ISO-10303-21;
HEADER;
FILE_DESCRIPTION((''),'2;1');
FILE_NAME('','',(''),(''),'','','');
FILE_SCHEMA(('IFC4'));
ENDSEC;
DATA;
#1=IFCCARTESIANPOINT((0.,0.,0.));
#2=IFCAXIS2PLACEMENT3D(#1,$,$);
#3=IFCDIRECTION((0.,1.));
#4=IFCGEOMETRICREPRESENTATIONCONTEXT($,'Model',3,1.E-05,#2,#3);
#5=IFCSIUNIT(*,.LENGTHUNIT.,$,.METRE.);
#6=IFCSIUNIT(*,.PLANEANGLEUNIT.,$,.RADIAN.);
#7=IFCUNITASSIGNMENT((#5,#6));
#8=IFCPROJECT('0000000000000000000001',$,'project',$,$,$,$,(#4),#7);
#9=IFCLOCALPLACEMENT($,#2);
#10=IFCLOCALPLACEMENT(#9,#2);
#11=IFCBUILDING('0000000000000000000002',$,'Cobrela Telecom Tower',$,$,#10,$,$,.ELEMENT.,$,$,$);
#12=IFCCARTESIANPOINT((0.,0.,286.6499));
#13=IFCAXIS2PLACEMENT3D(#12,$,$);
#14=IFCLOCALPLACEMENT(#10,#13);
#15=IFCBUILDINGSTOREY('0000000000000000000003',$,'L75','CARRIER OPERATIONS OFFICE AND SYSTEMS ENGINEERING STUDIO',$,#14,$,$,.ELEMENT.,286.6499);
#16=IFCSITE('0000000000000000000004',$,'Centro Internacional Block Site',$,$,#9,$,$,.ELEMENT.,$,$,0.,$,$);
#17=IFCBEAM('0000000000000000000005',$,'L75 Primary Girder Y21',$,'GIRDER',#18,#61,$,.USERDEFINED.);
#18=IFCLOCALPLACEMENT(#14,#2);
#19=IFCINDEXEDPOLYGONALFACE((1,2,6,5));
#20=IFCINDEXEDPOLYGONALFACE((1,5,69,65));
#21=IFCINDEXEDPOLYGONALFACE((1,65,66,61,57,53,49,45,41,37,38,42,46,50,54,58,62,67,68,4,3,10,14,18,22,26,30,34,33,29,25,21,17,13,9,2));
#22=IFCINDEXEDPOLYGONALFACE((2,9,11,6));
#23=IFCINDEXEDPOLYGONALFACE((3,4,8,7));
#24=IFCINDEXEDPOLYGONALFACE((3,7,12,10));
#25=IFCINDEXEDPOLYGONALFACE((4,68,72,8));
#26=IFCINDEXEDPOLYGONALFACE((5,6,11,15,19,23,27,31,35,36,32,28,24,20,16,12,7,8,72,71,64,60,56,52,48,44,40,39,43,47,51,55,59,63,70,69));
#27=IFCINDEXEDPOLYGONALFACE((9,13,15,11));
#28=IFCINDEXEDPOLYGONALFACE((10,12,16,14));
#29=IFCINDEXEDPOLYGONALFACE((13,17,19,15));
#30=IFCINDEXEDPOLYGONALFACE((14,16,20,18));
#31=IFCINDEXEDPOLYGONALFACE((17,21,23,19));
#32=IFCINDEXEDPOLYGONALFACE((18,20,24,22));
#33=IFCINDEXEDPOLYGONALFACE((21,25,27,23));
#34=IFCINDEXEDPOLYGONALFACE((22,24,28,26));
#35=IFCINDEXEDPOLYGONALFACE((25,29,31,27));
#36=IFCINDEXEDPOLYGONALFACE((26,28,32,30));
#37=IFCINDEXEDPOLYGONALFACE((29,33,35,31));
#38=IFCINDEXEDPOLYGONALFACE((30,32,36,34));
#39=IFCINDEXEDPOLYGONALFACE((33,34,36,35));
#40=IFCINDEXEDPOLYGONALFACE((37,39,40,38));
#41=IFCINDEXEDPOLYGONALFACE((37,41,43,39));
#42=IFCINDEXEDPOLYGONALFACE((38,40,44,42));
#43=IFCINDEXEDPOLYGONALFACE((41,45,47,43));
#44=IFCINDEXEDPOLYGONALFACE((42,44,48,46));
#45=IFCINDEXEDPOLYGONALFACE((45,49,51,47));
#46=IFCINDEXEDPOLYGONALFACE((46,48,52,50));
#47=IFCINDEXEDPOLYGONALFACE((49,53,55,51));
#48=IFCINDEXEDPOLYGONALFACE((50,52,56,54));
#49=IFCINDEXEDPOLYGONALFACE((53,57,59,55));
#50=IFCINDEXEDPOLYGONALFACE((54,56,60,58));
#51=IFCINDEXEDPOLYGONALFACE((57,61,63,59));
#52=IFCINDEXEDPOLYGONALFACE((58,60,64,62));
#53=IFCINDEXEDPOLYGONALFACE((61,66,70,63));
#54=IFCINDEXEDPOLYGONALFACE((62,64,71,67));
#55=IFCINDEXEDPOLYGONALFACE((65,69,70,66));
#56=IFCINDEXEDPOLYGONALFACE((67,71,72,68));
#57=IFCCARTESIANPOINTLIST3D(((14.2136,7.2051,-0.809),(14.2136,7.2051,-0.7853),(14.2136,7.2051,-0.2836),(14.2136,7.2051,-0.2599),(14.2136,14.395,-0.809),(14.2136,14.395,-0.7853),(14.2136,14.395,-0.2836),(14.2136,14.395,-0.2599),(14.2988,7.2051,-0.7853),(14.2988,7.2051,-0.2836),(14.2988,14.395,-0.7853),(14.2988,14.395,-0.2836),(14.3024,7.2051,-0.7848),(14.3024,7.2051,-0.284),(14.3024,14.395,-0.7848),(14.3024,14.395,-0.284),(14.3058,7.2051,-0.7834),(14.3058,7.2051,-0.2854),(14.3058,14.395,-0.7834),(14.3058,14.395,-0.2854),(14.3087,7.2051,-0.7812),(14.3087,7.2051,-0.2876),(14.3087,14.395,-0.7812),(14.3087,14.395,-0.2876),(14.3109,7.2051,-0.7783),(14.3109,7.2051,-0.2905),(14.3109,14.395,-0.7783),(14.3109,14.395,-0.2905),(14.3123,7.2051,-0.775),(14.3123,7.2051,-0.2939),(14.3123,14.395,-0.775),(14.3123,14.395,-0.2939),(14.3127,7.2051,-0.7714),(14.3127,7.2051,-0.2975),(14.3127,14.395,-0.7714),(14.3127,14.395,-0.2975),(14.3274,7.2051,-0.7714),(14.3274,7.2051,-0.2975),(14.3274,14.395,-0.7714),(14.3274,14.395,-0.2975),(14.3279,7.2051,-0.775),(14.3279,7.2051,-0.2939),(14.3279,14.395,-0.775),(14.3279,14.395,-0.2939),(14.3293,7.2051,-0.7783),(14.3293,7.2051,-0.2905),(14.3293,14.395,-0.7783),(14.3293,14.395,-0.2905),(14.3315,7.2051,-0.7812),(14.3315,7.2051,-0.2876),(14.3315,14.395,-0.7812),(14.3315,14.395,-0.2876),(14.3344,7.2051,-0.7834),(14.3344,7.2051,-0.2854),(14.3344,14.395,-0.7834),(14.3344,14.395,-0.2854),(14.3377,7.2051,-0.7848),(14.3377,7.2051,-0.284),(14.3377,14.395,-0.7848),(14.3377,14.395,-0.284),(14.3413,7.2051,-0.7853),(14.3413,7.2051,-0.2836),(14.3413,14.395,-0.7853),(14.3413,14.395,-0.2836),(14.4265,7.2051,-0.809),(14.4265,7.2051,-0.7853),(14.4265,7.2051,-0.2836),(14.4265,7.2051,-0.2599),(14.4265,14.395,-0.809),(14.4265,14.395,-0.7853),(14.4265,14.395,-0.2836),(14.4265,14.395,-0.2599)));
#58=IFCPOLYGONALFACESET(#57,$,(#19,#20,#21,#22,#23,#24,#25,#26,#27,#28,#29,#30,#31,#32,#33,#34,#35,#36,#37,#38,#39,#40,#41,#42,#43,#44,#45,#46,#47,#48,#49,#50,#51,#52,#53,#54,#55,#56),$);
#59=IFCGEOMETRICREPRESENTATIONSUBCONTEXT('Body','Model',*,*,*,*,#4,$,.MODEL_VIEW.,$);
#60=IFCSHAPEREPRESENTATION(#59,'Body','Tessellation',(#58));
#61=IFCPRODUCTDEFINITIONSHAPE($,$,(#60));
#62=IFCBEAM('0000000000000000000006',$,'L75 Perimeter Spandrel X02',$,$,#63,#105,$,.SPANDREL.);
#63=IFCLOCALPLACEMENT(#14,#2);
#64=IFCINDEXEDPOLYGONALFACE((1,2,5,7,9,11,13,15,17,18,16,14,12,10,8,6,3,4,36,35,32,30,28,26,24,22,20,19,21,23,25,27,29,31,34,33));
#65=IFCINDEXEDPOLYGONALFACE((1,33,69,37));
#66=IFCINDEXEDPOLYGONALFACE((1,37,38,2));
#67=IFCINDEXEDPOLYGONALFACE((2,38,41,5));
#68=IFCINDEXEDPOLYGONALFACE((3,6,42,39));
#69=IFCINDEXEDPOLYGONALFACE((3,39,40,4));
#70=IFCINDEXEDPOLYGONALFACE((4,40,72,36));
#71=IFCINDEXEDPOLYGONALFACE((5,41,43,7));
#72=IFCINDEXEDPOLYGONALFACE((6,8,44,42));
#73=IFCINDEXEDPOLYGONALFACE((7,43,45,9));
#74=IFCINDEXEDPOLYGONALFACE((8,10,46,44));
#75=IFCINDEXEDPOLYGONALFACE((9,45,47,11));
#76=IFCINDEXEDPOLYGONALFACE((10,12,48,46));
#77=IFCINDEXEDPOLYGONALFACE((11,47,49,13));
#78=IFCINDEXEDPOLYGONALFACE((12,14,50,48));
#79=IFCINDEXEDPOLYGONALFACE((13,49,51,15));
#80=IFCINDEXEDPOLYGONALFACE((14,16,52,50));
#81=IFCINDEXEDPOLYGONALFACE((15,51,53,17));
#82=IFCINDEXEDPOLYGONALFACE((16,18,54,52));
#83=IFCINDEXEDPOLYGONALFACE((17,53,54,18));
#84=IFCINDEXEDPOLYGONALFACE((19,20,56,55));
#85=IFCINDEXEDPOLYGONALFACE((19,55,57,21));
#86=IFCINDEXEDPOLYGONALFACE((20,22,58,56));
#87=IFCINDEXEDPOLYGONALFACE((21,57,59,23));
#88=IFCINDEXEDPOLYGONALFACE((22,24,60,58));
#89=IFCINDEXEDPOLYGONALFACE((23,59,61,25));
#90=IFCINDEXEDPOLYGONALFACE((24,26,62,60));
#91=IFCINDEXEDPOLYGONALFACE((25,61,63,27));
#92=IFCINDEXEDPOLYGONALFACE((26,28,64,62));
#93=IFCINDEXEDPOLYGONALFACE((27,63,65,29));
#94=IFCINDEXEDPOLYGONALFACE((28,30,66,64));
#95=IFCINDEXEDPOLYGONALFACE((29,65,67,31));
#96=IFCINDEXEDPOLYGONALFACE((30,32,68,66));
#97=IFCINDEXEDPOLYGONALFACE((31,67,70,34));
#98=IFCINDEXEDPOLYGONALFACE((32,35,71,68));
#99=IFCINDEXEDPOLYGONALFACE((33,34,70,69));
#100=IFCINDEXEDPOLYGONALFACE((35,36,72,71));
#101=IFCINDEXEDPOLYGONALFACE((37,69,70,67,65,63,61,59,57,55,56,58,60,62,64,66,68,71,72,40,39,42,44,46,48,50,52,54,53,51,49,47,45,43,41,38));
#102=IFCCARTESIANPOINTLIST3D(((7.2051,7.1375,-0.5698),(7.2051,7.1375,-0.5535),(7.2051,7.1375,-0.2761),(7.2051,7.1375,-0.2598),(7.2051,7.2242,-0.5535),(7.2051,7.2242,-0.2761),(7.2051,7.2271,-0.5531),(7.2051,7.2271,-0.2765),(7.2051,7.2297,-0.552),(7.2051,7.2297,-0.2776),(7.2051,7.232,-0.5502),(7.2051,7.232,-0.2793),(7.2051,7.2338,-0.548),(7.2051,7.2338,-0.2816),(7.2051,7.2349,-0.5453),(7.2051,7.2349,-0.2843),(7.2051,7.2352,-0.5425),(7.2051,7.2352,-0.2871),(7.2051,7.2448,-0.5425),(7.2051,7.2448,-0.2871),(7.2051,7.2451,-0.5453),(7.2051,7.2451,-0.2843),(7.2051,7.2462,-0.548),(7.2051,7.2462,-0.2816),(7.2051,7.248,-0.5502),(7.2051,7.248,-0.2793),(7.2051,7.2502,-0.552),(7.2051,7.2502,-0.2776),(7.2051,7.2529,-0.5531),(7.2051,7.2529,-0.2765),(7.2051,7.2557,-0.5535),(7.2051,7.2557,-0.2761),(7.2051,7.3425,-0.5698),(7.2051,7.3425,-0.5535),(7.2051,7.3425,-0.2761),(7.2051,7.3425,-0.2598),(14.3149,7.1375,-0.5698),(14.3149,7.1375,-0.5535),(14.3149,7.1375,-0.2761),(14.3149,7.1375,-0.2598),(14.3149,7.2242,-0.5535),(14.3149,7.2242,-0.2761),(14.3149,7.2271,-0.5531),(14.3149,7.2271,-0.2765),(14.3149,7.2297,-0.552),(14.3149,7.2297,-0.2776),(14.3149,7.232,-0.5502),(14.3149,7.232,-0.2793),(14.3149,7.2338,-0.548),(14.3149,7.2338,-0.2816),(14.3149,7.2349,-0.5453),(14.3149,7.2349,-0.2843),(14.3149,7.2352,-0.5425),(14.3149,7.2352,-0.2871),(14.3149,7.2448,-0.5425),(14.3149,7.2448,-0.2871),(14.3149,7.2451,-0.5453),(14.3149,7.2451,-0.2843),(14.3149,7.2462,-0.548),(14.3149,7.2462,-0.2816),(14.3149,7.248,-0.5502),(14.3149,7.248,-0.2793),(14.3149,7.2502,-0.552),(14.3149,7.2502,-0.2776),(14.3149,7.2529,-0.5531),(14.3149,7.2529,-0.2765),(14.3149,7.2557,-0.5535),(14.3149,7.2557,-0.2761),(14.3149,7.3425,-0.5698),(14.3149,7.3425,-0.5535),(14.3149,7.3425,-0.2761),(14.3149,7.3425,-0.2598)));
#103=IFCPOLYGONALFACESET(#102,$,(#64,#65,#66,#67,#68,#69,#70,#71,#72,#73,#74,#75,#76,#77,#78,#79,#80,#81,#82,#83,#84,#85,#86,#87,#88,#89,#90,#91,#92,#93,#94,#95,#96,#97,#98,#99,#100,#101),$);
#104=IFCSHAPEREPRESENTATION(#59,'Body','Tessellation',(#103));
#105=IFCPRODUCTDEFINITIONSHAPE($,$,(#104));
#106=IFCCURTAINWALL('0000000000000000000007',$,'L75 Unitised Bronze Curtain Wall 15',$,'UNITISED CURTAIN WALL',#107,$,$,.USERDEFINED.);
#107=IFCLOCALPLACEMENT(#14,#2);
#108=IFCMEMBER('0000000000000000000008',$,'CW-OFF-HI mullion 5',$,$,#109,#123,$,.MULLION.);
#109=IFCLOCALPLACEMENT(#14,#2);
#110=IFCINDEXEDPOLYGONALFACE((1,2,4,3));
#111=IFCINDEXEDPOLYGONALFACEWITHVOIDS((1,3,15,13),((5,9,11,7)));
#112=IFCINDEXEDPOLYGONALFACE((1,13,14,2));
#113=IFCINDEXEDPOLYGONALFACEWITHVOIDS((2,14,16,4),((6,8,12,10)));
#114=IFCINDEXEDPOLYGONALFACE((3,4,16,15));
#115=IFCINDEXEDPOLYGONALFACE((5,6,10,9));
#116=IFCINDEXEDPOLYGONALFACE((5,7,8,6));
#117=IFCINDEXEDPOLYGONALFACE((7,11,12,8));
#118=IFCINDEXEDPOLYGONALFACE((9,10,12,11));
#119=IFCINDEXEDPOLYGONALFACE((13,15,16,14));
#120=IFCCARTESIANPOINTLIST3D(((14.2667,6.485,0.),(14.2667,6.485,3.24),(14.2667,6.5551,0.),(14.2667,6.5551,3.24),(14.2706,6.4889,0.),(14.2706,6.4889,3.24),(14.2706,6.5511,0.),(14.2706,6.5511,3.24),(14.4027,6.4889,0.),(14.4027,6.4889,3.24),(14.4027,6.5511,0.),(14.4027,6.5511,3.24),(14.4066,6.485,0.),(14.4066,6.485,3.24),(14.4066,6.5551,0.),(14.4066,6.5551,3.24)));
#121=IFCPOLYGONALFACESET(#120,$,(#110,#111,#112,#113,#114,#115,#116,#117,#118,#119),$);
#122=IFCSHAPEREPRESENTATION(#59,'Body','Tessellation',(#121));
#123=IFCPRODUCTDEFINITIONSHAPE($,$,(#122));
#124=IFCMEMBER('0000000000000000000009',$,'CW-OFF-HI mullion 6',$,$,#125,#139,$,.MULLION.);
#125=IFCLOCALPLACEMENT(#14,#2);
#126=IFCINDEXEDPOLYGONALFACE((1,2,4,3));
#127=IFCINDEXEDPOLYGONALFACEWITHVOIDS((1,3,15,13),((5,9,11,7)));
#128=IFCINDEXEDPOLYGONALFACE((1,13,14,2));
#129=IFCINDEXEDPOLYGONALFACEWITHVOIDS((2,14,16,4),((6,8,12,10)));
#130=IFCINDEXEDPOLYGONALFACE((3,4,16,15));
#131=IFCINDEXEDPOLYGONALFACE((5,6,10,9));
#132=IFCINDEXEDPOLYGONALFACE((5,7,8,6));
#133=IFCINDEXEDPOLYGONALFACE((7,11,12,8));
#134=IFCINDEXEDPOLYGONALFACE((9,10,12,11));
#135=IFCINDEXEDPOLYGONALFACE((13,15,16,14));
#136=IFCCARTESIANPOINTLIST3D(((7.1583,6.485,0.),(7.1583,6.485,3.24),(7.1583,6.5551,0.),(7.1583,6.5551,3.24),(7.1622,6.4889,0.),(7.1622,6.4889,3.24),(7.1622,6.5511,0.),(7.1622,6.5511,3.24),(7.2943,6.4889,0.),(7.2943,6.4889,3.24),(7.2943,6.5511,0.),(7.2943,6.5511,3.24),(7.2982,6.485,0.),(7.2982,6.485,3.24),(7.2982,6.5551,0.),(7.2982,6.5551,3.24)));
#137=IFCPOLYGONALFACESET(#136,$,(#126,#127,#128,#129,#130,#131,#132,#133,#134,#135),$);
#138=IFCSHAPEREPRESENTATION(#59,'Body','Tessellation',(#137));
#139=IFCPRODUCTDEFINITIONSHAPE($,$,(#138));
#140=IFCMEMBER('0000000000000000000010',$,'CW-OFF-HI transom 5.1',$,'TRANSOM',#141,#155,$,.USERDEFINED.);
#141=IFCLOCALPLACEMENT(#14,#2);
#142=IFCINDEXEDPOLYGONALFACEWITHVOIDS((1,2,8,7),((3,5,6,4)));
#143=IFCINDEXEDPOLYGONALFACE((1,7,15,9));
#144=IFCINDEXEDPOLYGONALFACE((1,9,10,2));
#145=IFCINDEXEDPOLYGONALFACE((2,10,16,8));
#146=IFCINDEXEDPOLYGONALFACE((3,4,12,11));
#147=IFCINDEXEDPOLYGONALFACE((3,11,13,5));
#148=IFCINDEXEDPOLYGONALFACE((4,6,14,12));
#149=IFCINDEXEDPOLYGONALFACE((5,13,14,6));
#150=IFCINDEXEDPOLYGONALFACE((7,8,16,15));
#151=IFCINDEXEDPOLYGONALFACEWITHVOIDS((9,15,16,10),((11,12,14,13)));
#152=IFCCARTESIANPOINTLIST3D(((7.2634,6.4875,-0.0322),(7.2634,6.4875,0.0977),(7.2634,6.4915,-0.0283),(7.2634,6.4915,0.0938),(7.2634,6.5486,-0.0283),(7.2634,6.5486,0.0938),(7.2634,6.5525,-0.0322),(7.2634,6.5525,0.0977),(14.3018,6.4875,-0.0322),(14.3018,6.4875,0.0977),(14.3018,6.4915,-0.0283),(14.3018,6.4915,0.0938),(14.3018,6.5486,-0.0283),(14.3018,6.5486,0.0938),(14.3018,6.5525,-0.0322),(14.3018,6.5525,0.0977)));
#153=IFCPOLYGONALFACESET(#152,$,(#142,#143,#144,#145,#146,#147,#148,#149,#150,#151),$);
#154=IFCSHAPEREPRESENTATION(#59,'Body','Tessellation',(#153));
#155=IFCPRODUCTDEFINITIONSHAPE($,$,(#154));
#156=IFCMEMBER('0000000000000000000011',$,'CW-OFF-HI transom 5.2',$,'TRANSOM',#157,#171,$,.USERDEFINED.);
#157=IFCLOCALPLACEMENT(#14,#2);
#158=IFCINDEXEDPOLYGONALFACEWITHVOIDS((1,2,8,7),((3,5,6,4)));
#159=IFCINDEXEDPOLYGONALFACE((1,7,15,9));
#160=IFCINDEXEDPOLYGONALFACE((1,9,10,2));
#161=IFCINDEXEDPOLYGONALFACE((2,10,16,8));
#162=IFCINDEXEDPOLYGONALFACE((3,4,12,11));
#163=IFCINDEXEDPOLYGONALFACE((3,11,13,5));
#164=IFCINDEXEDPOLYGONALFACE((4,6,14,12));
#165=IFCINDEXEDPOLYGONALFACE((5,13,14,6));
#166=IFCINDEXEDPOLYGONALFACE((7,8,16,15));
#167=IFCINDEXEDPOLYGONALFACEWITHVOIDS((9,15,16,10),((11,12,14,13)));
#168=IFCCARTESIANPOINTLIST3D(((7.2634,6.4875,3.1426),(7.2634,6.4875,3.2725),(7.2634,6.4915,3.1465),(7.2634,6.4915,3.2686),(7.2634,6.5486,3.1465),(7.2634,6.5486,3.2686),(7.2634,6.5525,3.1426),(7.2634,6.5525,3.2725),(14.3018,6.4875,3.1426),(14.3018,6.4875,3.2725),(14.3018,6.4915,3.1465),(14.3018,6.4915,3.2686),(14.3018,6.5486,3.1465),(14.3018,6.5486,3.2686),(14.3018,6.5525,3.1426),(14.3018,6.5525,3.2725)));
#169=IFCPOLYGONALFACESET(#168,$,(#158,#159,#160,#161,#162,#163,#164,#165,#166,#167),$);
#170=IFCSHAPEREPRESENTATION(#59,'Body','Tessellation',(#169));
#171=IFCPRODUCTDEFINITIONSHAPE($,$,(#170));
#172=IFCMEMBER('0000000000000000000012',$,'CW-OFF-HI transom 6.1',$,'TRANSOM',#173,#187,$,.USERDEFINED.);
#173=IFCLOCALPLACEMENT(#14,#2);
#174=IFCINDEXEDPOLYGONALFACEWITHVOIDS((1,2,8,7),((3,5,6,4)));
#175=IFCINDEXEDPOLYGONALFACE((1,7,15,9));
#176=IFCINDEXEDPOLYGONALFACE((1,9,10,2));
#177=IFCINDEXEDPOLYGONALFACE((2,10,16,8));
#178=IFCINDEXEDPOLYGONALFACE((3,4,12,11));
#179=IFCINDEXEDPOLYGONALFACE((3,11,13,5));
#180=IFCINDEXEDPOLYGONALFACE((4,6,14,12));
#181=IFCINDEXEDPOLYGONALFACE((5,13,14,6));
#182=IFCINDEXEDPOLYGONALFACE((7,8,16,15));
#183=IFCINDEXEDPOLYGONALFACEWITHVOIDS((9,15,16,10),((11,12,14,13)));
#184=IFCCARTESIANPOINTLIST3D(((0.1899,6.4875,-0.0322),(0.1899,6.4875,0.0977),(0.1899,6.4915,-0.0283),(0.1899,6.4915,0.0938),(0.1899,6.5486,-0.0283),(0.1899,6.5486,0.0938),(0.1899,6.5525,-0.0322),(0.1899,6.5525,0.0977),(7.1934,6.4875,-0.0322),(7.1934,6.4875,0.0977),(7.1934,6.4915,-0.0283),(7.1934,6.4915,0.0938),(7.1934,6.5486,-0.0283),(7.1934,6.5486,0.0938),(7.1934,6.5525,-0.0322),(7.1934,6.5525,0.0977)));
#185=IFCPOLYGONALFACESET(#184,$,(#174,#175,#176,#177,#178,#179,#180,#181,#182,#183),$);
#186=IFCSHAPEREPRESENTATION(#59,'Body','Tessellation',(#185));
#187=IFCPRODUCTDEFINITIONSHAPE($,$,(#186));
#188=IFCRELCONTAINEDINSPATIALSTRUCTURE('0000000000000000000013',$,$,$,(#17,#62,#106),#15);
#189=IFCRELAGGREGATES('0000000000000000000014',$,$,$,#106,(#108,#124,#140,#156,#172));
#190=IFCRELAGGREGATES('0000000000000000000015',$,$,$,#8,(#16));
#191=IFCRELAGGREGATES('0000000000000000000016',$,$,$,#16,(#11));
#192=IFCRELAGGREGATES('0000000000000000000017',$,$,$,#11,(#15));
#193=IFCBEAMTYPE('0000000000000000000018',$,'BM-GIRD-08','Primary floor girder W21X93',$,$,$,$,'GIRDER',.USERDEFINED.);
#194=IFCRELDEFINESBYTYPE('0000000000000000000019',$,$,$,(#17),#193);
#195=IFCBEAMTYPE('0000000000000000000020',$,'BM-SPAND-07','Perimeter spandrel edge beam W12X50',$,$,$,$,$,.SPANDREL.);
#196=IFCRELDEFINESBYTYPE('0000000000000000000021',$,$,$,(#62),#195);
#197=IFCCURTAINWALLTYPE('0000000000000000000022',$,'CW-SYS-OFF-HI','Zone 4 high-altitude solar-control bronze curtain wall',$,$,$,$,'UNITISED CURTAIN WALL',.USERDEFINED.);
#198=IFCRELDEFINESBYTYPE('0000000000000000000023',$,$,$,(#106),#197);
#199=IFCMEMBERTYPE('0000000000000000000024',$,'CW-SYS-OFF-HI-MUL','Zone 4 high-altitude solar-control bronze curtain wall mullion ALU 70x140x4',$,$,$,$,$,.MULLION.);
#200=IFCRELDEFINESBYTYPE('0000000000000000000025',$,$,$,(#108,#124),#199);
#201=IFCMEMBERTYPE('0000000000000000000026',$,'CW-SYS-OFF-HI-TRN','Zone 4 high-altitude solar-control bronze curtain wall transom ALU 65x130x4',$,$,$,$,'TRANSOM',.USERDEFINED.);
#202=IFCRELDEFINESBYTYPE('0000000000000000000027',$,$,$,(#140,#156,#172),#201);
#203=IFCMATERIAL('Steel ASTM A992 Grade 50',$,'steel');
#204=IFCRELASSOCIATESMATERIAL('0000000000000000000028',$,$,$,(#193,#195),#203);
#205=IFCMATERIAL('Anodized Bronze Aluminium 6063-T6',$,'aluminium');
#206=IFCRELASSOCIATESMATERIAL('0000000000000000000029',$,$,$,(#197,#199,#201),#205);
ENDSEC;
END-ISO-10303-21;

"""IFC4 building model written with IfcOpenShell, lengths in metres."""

from ifc_helpers import new_model, si_unit, direction, frame, origin, origin_2d, place, context, subcontext, project, spatial, hollow_rectangle, i_section, extrude, material, material_profile, profile_set, type_object, element, aggregate, save


model = new_model("IFC4")

# Units and contexts
model_context = context("Model", 3, precision=1e-05, world=origin(), true_north=direction((0.0, 1.0)))
body_context = subcontext(model_context, "Body", "Model", "MODEL_VIEW")
ifc_project = project(units=[si_unit("LENGTHUNIT", "METRE"), si_unit("PLANEANGLEUNIT", "RADIAN")], contexts=[model_context])

# Site, building, storey
site_placement = place(None, origin())
site = spatial("IfcSite", under=ifc_project, at=site_placement, Name="Centro Internacional Block Site", CompositionType="ELEMENT", RefElevation=0.0)
building_placement = place(site_placement, origin())
building = spatial("IfcBuilding", under=site, at=building_placement, Name="Cobrela Telecom Tower", CompositionType="ELEMENT")
storey_placement = place(building_placement, frame((0.0, 0.0, 286.6499)))
storey = spatial("IfcBuildingStorey", under=building, at=storey_placement, Name="L75", Description="CARRIER OPERATIONS OFFICE AND SYSTEMS ENGINEERING STUDIO", CompositionType="ELEMENT", Elevation=286.6499)

# Beams
ifc_material_1 = material(Name="Steel ASTM A992 Grade 50", Category="steel")
ifc_material_profile_1 = material_profile(ifc_material_1, i_section(OverallWidth=0.2129, OverallDepth=0.5491, WebThickness=0.0146, FlangeThickness=0.0237, FilletRadius=0.0139, at=origin_2d()), Name="W21X93")
ifc_profile_set_1 = profile_set([ifc_material_profile_1], Name="Steel ASTM A992 Grade 50")
beam_type_1 = type_object("IfcBeamType", Name="BM-GIRD-08", Description="Primary floor girder W21X93", ElementType="GIRDER", PredefinedType="USERDEFINED", material=ifc_profile_set_1)
beam_1_placement = place(storey_placement, frame((14.3201, 7.2051, -0.5344), z_axis=(0.0, 1.0, 0.0), x_axis=(-1.0, 0.0, 0.0)))
element("IfcBeam", 1, at=beam_1_placement, inside=storey, type_object=beam_type_1, Name="L75 Primary Girder Y21", ObjectType="GIRDER", PredefinedType="USERDEFINED", context=body_context, shape_type="SweptSolid", body=[
    extrude(i_section(OverallWidth=0.2129, OverallDepth=0.5491, WebThickness=0.0146, FlangeThickness=0.0237, FilletRadius=0.0139, at=origin_2d()), origin(), (0.0, 0.0, 1.0), 7.1899),
])
ifc_material_profile_2 = material_profile(ifc_material_1, i_section(OverallWidth=0.2051, OverallDepth=0.3101, WebThickness=0.0095, FlangeThickness=0.0164, FilletRadius=0.011, at=origin_2d()), Name="W12X50")
ifc_profile_set_2 = profile_set([ifc_material_profile_2], Name="Steel ASTM A992 Grade 50")
beam_type_2 = type_object("IfcBeamType", Name="BM-SPAND-07", Description="Perimeter spandrel edge beam W12X50", PredefinedType="SPANDREL", material=ifc_profile_set_2)
beam_2_placement = place(storey_placement, frame((7.2051, 7.24, -0.4148), z_axis=(1.0, 0.0, 0.0), x_axis=(0.0, 1.0, 0.0)))
element("IfcBeam", 2, at=beam_2_placement, inside=storey, type_object=beam_type_2, Name="L75 Perimeter Spandrel X02", PredefinedType="SPANDREL", context=body_context, shape_type="SweptSolid", body=[
    extrude(i_section(OverallWidth=0.2051, OverallDepth=0.3101, WebThickness=0.0095, FlangeThickness=0.0164, FilletRadius=0.011, at=origin_2d()), origin(), (0.0, 0.0, 1.0), 7.1099),
])

# Curtain wall, members
ifc_material_2 = material(Name="Anodized Bronze Aluminium 6063-T6", Category="aluminium")
curtain_wall_type = type_object("IfcCurtainWallType", Name="CW-SYS-OFF-HI", Description="Zone 4 high-altitude solar-control bronze curtain wall", ElementType="UNITISED CURTAIN WALL", PredefinedType="USERDEFINED", material=ifc_material_2)
curtain_wall_placement = place(storey_placement, origin())
curtain_wall = element("IfcCurtainWall", 3, at=curtain_wall_placement, inside=storey, type_object=curtain_wall_type, Name="L75 Unitised Bronze Curtain Wall 15", ObjectType="UNITISED CURTAIN WALL", PredefinedType="USERDEFINED")
ifc_material_profile_3 = material_profile(ifc_material_2, hollow_rectangle(XDim=0.0701, YDim=0.1399, WallThickness=0.0039, at=origin_2d()), Name="ALU 70x140x4")
ifc_profile_set_3 = profile_set([ifc_material_profile_3], Name="Anodized Bronze Aluminium 6063-T6")
member_type_1 = type_object("IfcMemberType", Name="CW-SYS-OFF-HI-MUL", Description="Zone 4 high-altitude solar-control bronze curtain wall mullion ALU 70x140x4", PredefinedType="MULLION", material=ifc_profile_set_3)
member_1_placement = place(storey_placement, frame((14.3367, 6.52, 0.0), z_axis=(0.0, 0.0, 1.0), x_axis=(0.0, -1.0, 0.0)))
member_1 = element("IfcMember", 4, at=member_1_placement, type_object=member_type_1, Name="CW-OFF-HI mullion 5", PredefinedType="MULLION", context=body_context, shape_type="SweptSolid", body=[
    extrude(hollow_rectangle(XDim=0.0701, YDim=0.1399, WallThickness=0.0039, at=origin_2d()), origin(), (0.0, 0.0, 1.0), 3.24),
])
member_2_placement = place(storey_placement, frame((7.2283, 6.52, 0.0), z_axis=(0.0, 0.0, 1.0), x_axis=(0.0, -1.0, 0.0)))
member_2 = element("IfcMember", 5, at=member_2_placement, type_object=member_type_1, Name="CW-OFF-HI mullion 6", PredefinedType="MULLION", context=body_context, shape_type="SweptSolid", body=[
    extrude(hollow_rectangle(XDim=0.0701, YDim=0.1399, WallThickness=0.0039, at=origin_2d()), origin(), (0.0, 0.0, 1.0), 3.24),
])
ifc_material_profile_4 = material_profile(ifc_material_2, hollow_rectangle(XDim=0.0649, YDim=0.1299, WallThickness=0.0039, at=origin_2d()), Name="ALU 65x130x4")
ifc_profile_set_4 = profile_set([ifc_material_profile_4], Name="Anodized Bronze Aluminium 6063-T6")
member_type_2 = type_object("IfcMemberType", Name="CW-SYS-OFF-HI-TRN", Description="Zone 4 high-altitude solar-control bronze curtain wall transom ALU 65x130x4", ElementType="TRANSOM", PredefinedType="USERDEFINED", material=ifc_profile_set_4)
member_3_placement = place(storey_placement, frame((14.3018, 6.52, 0.0327), z_axis=(-1.0, 0.0, 0.0), x_axis=(0.0, -1.0, 0.0)))
member_3 = element("IfcMember", 6, at=member_3_placement, type_object=member_type_2, Name="CW-OFF-HI transom 5.1", ObjectType="TRANSOM", PredefinedType="USERDEFINED", context=body_context, shape_type="SweptSolid", body=[
    extrude(hollow_rectangle(XDim=0.0649, YDim=0.1299, WallThickness=0.0039, at=origin_2d()), origin(), (0.0, 0.0, 1.0), 7.0383),
])
member_4_placement = place(storey_placement, frame((14.3018, 6.52, 3.2075), z_axis=(-1.0, 0.0, 0.0), x_axis=(0.0, -1.0, 0.0)))
member_4 = element("IfcMember", 7, at=member_4_placement, type_object=member_type_2, Name="CW-OFF-HI transom 5.2", ObjectType="TRANSOM", PredefinedType="USERDEFINED", context=body_context, shape_type="SweptSolid", body=[
    extrude(hollow_rectangle(XDim=0.0649, YDim=0.1299, WallThickness=0.0039, at=origin_2d()), origin(), (0.0, 0.0, 1.0), 7.0383),
])
member_5_placement = place(storey_placement, frame((7.1934, 6.52, 0.0327), z_axis=(-1.0, 0.0, 0.0), x_axis=(0.0, -1.0, 0.0)))
member_5 = element("IfcMember", 8, at=member_5_placement, type_object=member_type_2, Name="CW-OFF-HI transom 6.1", ObjectType="TRANSOM", PredefinedType="USERDEFINED", context=body_context, shape_type="SweptSolid", body=[
    extrude(hollow_rectangle(XDim=0.0649, YDim=0.1299, WallThickness=0.0039, at=origin_2d()), origin(), (0.0, 0.0, 1.0), 7.0034),
])
aggregate(curtain_wall, [member_1, member_2, member_3, member_4, member_5])

save(model, "model.ifc")
